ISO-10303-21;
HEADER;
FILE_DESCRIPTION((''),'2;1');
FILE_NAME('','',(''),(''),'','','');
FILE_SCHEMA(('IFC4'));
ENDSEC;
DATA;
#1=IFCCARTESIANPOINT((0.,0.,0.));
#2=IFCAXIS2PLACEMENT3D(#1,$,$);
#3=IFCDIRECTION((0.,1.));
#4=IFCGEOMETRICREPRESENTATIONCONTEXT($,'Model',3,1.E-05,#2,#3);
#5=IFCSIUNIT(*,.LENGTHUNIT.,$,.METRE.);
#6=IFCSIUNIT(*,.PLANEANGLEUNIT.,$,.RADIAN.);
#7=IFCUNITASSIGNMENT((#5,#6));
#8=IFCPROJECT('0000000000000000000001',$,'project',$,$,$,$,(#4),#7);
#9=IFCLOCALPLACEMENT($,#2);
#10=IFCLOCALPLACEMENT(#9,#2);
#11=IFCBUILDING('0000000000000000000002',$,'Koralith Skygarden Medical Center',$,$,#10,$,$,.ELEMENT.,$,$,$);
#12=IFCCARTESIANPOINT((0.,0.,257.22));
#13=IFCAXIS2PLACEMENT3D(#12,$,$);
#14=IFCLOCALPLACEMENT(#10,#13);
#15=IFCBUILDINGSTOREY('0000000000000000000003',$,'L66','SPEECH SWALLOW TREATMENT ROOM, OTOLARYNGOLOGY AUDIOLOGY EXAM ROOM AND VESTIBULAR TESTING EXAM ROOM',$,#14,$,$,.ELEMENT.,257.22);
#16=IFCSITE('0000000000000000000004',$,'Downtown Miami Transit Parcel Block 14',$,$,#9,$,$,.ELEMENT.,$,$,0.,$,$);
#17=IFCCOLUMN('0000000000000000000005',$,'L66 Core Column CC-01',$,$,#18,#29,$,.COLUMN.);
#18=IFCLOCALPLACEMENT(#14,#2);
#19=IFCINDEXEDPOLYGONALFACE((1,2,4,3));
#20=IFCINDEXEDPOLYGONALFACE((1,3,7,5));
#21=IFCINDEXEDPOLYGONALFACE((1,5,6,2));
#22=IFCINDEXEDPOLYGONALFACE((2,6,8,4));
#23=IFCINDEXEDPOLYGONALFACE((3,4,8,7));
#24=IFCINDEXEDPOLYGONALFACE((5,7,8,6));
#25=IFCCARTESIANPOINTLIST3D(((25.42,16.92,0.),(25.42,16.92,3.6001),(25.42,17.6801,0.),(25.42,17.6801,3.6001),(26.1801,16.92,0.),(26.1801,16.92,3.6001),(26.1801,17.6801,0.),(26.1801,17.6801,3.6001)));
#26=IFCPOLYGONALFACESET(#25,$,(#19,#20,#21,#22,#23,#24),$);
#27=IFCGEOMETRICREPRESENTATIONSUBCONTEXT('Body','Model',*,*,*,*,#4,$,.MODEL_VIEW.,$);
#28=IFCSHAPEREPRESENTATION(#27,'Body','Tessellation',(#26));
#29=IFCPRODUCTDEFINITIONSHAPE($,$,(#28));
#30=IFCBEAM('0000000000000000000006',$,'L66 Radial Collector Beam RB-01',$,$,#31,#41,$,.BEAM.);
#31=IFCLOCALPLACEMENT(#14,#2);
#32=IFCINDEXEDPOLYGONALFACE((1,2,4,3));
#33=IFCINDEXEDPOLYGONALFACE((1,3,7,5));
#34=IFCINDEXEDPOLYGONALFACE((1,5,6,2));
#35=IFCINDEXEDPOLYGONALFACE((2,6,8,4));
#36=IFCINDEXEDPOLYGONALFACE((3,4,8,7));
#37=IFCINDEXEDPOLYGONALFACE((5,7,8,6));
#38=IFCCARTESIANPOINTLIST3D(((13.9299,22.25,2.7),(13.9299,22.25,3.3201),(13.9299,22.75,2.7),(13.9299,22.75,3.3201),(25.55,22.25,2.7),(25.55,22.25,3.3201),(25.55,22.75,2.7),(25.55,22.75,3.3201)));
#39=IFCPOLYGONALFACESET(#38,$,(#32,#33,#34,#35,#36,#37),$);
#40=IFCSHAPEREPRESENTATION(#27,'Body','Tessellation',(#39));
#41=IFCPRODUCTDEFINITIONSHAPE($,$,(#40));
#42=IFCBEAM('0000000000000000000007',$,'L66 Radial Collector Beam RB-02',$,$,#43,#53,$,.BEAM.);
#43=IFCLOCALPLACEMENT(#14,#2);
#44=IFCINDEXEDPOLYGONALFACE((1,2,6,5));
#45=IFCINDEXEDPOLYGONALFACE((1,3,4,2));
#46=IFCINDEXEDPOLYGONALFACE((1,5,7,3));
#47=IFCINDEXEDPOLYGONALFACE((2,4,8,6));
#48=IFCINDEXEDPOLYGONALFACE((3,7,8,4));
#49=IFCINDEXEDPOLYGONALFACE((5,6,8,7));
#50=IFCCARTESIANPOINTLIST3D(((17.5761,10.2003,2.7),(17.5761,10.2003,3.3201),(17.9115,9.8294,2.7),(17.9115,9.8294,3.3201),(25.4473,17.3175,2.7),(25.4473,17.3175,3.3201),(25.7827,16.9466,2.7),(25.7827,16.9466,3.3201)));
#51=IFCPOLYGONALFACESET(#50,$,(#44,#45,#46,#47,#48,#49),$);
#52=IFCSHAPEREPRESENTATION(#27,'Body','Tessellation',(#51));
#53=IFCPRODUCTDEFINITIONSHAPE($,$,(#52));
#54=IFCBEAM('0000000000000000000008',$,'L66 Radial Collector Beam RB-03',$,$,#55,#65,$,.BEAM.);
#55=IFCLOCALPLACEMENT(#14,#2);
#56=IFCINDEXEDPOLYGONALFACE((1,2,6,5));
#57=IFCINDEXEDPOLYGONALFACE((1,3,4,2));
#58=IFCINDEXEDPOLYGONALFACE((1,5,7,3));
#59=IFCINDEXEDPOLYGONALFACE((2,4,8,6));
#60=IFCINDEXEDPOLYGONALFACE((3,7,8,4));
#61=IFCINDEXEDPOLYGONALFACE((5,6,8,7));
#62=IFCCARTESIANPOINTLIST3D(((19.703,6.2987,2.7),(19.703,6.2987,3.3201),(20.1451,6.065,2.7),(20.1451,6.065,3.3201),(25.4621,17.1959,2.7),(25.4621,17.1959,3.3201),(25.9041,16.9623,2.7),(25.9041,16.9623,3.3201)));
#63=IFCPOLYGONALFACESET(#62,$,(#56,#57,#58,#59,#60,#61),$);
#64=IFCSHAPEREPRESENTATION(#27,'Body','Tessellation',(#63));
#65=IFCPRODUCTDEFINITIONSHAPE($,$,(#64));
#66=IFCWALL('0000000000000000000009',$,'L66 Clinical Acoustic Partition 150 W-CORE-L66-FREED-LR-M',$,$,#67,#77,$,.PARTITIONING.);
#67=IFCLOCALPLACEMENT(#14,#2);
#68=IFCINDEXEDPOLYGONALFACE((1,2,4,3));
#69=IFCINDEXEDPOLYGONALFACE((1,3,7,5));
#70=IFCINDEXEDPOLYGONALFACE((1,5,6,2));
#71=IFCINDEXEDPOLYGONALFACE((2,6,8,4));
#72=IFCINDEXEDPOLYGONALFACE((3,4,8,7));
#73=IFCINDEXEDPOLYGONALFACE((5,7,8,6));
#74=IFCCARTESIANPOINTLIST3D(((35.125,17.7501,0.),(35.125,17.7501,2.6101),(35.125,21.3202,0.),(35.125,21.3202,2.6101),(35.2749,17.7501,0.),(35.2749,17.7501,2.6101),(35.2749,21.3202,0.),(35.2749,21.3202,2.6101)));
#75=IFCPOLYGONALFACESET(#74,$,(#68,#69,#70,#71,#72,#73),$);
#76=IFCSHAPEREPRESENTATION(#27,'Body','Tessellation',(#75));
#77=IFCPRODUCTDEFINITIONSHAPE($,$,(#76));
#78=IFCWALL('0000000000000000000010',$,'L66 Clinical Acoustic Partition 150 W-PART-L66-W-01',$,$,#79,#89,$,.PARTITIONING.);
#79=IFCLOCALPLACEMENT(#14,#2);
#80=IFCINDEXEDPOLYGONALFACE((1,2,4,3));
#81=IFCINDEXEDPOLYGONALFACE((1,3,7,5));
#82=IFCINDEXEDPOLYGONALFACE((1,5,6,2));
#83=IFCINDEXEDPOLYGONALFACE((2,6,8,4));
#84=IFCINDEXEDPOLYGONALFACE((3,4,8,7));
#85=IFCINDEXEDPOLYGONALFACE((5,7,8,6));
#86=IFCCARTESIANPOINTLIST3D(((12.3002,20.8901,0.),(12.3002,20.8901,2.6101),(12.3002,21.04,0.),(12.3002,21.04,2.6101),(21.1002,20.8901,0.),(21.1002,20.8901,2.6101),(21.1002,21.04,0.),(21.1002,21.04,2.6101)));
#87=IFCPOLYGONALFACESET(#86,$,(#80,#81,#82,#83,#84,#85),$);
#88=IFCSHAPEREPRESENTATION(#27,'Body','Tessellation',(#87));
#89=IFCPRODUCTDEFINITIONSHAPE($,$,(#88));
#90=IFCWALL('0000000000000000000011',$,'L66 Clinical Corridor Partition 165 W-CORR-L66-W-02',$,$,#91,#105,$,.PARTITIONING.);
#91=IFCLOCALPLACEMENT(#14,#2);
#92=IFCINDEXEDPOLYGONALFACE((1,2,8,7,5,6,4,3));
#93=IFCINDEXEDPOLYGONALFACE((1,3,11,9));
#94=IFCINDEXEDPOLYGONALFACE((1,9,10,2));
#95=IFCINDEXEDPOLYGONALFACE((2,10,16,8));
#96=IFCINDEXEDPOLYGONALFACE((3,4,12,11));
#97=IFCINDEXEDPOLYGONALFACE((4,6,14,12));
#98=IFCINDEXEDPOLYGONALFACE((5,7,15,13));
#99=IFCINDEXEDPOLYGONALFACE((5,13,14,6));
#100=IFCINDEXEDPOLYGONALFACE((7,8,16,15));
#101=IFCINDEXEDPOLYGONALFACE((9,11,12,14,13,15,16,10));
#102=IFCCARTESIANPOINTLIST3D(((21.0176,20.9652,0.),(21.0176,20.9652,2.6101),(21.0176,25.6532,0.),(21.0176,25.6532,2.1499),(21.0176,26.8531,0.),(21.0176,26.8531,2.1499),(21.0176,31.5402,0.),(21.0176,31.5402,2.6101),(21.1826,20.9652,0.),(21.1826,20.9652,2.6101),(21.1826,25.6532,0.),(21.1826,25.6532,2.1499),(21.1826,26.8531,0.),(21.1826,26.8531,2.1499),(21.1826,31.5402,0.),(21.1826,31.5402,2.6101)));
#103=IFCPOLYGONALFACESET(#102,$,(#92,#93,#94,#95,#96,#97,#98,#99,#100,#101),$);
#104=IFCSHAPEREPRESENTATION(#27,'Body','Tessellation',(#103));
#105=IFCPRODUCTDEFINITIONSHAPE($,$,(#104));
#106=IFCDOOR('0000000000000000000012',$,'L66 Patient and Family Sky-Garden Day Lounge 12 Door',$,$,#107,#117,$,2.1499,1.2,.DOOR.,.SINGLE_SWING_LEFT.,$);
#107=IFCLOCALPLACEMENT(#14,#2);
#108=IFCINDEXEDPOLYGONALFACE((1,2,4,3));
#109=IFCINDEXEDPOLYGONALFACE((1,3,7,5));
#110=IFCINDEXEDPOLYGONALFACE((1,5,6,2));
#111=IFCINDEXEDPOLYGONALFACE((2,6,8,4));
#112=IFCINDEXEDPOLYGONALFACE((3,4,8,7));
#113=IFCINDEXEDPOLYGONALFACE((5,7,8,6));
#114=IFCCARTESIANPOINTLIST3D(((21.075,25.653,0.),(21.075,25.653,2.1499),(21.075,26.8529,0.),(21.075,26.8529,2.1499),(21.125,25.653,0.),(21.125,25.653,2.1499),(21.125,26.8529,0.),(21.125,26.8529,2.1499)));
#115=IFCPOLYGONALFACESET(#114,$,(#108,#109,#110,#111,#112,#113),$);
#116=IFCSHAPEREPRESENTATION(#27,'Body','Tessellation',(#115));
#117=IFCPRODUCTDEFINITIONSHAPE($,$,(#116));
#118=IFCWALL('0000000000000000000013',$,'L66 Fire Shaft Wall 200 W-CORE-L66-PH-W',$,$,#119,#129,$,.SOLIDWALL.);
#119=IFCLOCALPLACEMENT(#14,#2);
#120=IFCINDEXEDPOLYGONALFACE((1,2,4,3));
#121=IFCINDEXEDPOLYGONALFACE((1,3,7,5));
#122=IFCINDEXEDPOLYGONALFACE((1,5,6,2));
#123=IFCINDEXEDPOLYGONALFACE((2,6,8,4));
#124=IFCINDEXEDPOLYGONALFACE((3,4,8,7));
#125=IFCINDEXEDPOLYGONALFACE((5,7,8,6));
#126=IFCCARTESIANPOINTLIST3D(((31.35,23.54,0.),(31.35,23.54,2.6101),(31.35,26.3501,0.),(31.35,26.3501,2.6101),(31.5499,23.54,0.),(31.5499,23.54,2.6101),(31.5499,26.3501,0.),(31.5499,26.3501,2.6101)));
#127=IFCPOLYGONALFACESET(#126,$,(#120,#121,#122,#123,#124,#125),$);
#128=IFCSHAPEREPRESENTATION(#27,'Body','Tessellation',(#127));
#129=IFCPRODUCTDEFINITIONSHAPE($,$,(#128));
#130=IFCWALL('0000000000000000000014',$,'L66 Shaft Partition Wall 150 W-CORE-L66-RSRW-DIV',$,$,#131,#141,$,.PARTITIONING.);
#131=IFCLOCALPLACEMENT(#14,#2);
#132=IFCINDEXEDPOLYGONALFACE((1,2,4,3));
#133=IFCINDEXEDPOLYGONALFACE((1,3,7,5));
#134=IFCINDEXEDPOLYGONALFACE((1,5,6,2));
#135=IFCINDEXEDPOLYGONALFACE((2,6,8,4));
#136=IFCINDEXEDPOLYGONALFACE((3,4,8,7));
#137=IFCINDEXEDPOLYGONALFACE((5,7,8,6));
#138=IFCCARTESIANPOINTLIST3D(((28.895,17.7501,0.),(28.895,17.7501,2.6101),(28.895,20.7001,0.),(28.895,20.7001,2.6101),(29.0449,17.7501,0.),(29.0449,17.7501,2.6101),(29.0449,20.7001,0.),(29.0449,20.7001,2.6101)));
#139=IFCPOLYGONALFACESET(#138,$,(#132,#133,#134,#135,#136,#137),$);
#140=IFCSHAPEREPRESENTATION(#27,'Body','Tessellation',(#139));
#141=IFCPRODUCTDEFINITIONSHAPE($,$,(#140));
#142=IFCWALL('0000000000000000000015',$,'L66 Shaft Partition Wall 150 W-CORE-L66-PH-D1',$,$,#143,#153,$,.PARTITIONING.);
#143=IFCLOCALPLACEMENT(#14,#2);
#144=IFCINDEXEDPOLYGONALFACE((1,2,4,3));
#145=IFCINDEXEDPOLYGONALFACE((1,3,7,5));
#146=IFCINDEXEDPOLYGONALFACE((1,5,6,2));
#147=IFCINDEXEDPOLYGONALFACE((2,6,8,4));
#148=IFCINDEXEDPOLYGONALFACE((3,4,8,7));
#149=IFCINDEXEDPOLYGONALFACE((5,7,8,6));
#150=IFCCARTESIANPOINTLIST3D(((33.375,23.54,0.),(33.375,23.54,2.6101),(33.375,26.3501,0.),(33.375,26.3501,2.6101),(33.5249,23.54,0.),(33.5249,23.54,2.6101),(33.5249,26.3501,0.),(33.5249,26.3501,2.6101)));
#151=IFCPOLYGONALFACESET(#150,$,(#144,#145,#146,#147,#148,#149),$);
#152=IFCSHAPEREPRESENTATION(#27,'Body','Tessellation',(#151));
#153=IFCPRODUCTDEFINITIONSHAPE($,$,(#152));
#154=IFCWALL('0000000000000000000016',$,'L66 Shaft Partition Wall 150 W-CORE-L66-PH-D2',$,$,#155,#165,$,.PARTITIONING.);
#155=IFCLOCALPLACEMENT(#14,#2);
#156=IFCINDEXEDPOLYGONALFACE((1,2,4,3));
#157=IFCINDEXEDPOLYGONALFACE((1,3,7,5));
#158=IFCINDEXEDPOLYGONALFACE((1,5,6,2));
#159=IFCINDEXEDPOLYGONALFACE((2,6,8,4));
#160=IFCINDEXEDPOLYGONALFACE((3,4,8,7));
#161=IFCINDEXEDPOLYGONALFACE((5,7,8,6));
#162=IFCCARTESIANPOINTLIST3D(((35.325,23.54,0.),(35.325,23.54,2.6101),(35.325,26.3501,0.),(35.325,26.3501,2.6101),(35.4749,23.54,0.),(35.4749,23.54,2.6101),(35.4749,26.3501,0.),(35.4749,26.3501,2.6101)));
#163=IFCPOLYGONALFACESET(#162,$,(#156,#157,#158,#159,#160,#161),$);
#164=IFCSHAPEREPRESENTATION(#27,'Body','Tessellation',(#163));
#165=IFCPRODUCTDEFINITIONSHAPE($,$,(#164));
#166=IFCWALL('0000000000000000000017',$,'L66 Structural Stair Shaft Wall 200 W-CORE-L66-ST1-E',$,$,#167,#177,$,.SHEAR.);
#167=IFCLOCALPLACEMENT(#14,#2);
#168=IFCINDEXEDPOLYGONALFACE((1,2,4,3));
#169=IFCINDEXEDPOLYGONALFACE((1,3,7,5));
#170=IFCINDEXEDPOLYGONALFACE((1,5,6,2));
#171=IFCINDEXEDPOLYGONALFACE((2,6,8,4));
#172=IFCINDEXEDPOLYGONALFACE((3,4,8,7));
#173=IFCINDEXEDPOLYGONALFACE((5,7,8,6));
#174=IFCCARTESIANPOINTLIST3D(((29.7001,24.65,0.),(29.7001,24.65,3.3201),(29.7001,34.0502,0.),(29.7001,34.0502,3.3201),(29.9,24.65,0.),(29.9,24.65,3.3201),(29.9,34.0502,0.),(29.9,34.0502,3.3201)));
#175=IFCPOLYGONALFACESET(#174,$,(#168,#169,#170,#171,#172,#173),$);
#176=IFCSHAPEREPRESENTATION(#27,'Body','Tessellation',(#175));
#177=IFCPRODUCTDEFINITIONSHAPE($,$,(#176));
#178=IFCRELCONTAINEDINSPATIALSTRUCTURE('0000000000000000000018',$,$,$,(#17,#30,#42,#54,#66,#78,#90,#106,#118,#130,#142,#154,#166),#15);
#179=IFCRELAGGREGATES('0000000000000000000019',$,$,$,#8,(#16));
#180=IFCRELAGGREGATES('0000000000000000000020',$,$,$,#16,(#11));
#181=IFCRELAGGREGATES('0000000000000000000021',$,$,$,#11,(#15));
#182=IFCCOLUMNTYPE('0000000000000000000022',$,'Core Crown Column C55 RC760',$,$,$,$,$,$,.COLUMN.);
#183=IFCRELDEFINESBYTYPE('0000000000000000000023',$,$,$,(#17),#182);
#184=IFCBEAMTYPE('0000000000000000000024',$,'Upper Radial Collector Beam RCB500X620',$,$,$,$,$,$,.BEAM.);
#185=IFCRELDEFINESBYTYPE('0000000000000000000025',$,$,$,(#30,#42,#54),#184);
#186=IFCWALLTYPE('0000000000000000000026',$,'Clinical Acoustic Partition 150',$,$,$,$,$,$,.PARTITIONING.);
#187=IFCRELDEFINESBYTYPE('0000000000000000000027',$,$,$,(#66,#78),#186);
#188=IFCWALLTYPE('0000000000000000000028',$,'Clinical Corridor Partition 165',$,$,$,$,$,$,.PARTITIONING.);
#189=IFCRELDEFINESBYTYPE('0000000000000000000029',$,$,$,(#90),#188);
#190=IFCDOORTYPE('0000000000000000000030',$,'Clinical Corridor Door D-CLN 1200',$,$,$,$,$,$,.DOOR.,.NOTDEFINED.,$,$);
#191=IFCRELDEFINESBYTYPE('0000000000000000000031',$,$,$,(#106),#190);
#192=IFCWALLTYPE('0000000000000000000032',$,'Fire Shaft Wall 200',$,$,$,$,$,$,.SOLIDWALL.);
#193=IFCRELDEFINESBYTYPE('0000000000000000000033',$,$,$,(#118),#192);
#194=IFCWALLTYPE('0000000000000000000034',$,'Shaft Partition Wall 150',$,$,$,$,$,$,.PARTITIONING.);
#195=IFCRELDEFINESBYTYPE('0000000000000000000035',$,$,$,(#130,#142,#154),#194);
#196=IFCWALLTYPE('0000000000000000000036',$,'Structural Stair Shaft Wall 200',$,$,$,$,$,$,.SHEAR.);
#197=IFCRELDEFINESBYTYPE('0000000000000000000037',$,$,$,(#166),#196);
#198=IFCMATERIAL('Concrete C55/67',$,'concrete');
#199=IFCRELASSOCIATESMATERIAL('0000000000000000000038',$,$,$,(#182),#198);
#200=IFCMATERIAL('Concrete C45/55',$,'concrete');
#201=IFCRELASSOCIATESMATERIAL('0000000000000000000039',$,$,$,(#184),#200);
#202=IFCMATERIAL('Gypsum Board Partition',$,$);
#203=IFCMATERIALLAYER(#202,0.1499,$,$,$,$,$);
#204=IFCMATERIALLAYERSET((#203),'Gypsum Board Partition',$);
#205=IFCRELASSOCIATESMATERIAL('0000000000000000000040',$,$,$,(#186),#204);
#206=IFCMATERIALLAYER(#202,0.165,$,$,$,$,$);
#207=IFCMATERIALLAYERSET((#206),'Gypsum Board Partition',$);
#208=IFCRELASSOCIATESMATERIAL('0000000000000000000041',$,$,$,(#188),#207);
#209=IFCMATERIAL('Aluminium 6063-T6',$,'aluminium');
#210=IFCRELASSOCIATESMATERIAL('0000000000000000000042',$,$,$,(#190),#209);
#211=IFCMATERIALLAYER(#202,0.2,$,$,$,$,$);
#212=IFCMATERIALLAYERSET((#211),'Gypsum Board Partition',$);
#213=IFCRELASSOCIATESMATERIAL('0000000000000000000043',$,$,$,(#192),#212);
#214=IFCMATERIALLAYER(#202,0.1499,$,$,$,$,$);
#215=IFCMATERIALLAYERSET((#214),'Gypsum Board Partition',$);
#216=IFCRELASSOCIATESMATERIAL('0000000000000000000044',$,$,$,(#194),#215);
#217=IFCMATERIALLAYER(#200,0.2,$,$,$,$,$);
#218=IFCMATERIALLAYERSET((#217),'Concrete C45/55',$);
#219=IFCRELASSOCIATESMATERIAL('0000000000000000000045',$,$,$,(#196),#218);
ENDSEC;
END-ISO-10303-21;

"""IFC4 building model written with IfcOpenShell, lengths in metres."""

from ifc_helpers import new_model, si_unit, direction, frame, frame_2d, origin, origin_2d, place, context, subcontext, project, spatial, rectangle, extrude, material, layer, layer_set, material_profile, profile_set, type_object, element, fill, save


model = new_model("IFC4")

# Units and contexts
model_context = context("Model", 3, precision=1e-05, world=origin(), true_north=direction((0.0, 1.0)))
body_context = subcontext(model_context, "Body", "Model", "MODEL_VIEW")
ifc_project = project(units=[si_unit("LENGTHUNIT", "METRE"), si_unit("PLANEANGLEUNIT", "RADIAN")], contexts=[model_context])

# Site, building, storey
site_placement = place(None, origin())
site = spatial("IfcSite", under=ifc_project, at=site_placement, Name="Downtown Miami Transit Parcel Block 14", CompositionType="ELEMENT", RefElevation=0.0)
building_placement = place(site_placement, origin())
building = spatial("IfcBuilding", under=site, at=building_placement, Name="Koralith Skygarden Medical Center", CompositionType="ELEMENT")
storey_placement = place(building_placement, frame((0.0, 0.0, 257.22)))
storey = spatial("IfcBuildingStorey", under=building, at=storey_placement, Name="L66", Description="SPEECH SWALLOW TREATMENT ROOM, OTOLARYNGOLOGY AUDIOLOGY EXAM ROOM AND VESTIBULAR TESTING EXAM ROOM", CompositionType="ELEMENT", Elevation=257.22)

# Column
ifc_material_1 = material(Name="Concrete C55/67", Category="concrete")
ifc_material_profile_1 = material_profile(ifc_material_1, rectangle(XDim=0.76, YDim=0.76, at=origin_2d()), Name="RC760X760")
ifc_profile_set_1 = profile_set([ifc_material_profile_1], Name="Concrete C55/67")
column_type = type_object("IfcColumnType", Name="Core Crown Column C55 RC760", PredefinedType="COLUMN", material=ifc_profile_set_1)
column_placement = place(storey_placement, frame((25.8, 17.3, 0.0), z_axis=(0.0, 0.0, 1.0), x_axis=(1.0, 0.0, 0.0)))
element("IfcColumn", 1, at=column_placement, inside=storey, type_object=column_type, Name="L66 Core Column CC-01", PredefinedType="COLUMN", context=body_context, shape_type="SweptSolid", body=[
    extrude(rectangle(XDim=0.76, YDim=0.76, at=origin_2d()), origin(), (0.0, 0.0, 1.0), 3.6001),
])

# Beams
ifc_material_2 = material(Name="Concrete C45/55", Category="concrete")
ifc_material_profile_2 = material_profile(ifc_material_2, rectangle(XDim=0.5, YDim=0.6201, at=origin_2d()), Name="RCB500X620")
ifc_profile_set_2 = profile_set([ifc_material_profile_2], Name="Concrete C45/55")
beam_type = type_object("IfcBeamType", Name="Upper Radial Collector Beam RCB500X620", PredefinedType="BEAM", material=ifc_profile_set_2)
beam_1_placement = place(storey_placement, frame((25.55, 22.5, 3.01), z_axis=(-1.0, 0.0, 0.0), x_axis=(0.0, -1.0, 0.0)))
element("IfcBeam", 2, at=beam_1_placement, inside=storey, type_object=beam_type, Name="L66 Radial Collector Beam RB-01", PredefinedType="BEAM", context=body_context, shape_type="SweptSolid", body=[
    extrude(rectangle(XDim=0.5, YDim=0.6201, at=origin_2d()), origin(), (0.0, 0.0, 1.0), 11.6201),
])
beam_2_placement = place(storey_placement, frame((25.615, 17.1321, 3.01), z_axis=(-0.741736, -0.670692, 0.0), x_axis=(0.670692, -0.741736, 0.0)))
element("IfcBeam", 3, at=beam_2_placement, inside=storey, type_object=beam_type, Name="L66 Radial Collector Beam RB-02", PredefinedType="BEAM", context=body_context, shape_type="SweptSolid", body=[
    extrude(rectangle(XDim=0.5, YDim=0.6201, at=origin_2d()), origin(), (0.0, 0.0, 1.0), 10.6118),
])
beam_3_placement = place(storey_placement, frame((25.6831, 17.0791, 3.01), z_axis=(-0.467249, -0.884126, 0.0), x_axis=(0.884126, -0.467249, 0.0)))
element("IfcBeam", 4, at=beam_3_placement, inside=storey, type_object=beam_type, Name="L66 Radial Collector Beam RB-03", PredefinedType="BEAM", context=body_context, shape_type="SweptSolid", body=[
    extrude(rectangle(XDim=0.5, YDim=0.6201, at=origin_2d()), origin(), (0.0, 0.0, 1.0), 12.3254),
])

# Shared definitions
ifc_material_3 = material(Name="Gypsum Board Partition")
ifc_layer_1 = layer(ifc_material_3, 0.1499)
ifc_layer_set_1 = layer_set([ifc_layer_1], Name="Gypsum Board Partition")
wall_type_1 = type_object("IfcWallType", Name="Clinical Acoustic Partition 150", PredefinedType="PARTITIONING", material=ifc_layer_set_1)
ifc_material_4 = material(Name="Aluminium 6063-T6", Category="aluminium")

# Walls
wall_1_placement = place(storey_placement, frame((35.2, 17.75, 0.0), z_axis=(0.0, 0.0, 1.0), x_axis=(0.0, 1.0, 0.0)))
element("IfcWall", 5, at=wall_1_placement, inside=storey, type_object=wall_type_1, Name="L66 Clinical Acoustic Partition 150 W-CORE-L66-FREED-LR-M", PredefinedType="PARTITIONING", context=body_context, shape_type="SweptSolid", body=[
    extrude(rectangle(XDim=3.5701, YDim=0.1499, at=frame_2d((1.7852, 0.0))), origin(), (0.0, 0.0, 1.0), 2.6101),
])
wall_2_placement = place(storey_placement, frame((21.1001, 20.9651, 0.0), z_axis=(0.0, 0.0, 1.0), x_axis=(-1.0, 0.0, 0.0)))
element("IfcWall", 6, at=wall_2_placement, inside=storey, type_object=wall_type_1, Name="L66 Clinical Acoustic Partition 150 W-PART-L66-W-01", PredefinedType="PARTITIONING", context=body_context, shape_type="SweptSolid", body=[
    extrude(rectangle(XDim=8.8, YDim=0.1499, at=frame_2d((4.3999, 0.0))), origin(), (0.0, 0.0, 1.0), 2.6101),
])

# Wall, opening, door
ifc_layer_2 = layer(ifc_material_3, 0.165)
ifc_layer_set_2 = layer_set([ifc_layer_2], Name="Gypsum Board Partition")
wall_type_2 = type_object("IfcWallType", Name="Clinical Corridor Partition 165", PredefinedType="PARTITIONING", material=ifc_layer_set_2)
wall_3_placement = place(storey_placement, frame((21.1001, 20.9651, 0.0), z_axis=(0.0, 0.0, 1.0), x_axis=(0.0, 1.0, 0.0)))
wall_3 = element("IfcWall", 7, at=wall_3_placement, inside=storey, type_object=wall_type_2, Name="L66 Clinical Corridor Partition 165 W-CORR-L66-W-02", PredefinedType="PARTITIONING", context=body_context, shape_type="SweptSolid", body=[
    extrude(rectangle(XDim=10.575, YDim=0.165, at=frame_2d((5.2876, 0.0))), origin(), (0.0, 0.0, 1.0), 2.6101),
])
opening_1_placement = place(wall_3_placement, frame((4.688, 0.0, 0.0)))
opening_1 = element("IfcOpeningElement", 8, at=opening_1_placement, cuts=wall_3, PredefinedType="OPENING", context=body_context, shape_type="SweptSolid", body=[
    extrude(rectangle(XDim=1.2, YDim=2.1499, at=frame_2d((0.6001, 1.075))), frame((0.0, 0.0925, 0.0), z_axis=(0.0, -1.0, 0.0), x_axis=(1.0, 0.0, 0.0)), (0.0, 0.0, 1.0), 0.1851),
])
door_type_1 = type_object("IfcDoorType", Name="Clinical Corridor Door D-CLN 1200", OperationType="NOTDEFINED", PredefinedType="DOOR", material=ifc_material_4)
door_1_placement = place(opening_1_placement, frame((1.2, 0.0, 0.0), z_axis=(0.0, 0.0, 1.0), x_axis=(-1.0, 0.0, 0.0)))
door_1 = element("IfcDoor", 9, at=door_1_placement, inside=storey, type_object=door_type_1, Name="L66 Patient and Family Sky-Garden Day Lounge 12 Door", OperationType="SINGLE_SWING_LEFT", OverallHeight=2.1499, OverallWidth=1.2, PredefinedType="DOOR", context=body_context, shape_type="SweptSolid", body=[
    extrude(rectangle(XDim=1.2, YDim=2.1499, at=frame_2d((0.6001, 1.075))), frame((0.0, 0.0249, 0.0), z_axis=(0.0, -1.0, 0.0), x_axis=(1.0, 0.0, 0.0)), (0.0, 0.0, 1.0), 0.05),
])
fill(opening_1, door_1)
ifc_layer_3 = layer(ifc_material_3, 0.2)
ifc_layer_set_3 = layer_set([ifc_layer_3], Name="Gypsum Board Partition")
wall_type_3 = type_object("IfcWallType", Name="Fire Shaft Wall 200", PredefinedType="SOLIDWALL", material=ifc_layer_set_3)

# Walls
wall_4_placement = place(storey_placement, frame((31.45, 23.54, 0.0), z_axis=(0.0, 0.0, 1.0), x_axis=(0.0, 1.0, 0.0)))
element("IfcWall", 10, at=wall_4_placement, inside=storey, type_object=wall_type_3, Name="L66 Fire Shaft Wall 200 W-CORE-L66-PH-W", PredefinedType="SOLIDWALL", context=body_context, shape_type="SweptSolid", body=[
    extrude(rectangle(XDim=2.8101, YDim=0.2, at=frame_2d((1.405, 0.0))), origin(), (0.0, 0.0, 1.0), 2.6101),
])
ifc_layer_4 = layer(ifc_material_3, 0.1499)
ifc_layer_set_4 = layer_set([ifc_layer_4], Name="Gypsum Board Partition")
wall_type_4 = type_object("IfcWallType", Name="Shaft Partition Wall 150", PredefinedType="PARTITIONING", material=ifc_layer_set_4)
wall_5_placement = place(storey_placement, frame((28.97, 17.75, 0.0), z_axis=(0.0, 0.0, 1.0), x_axis=(0.0, 1.0, 0.0)))
element("IfcWall", 11, at=wall_5_placement, inside=storey, type_object=wall_type_4, Name="L66 Shaft Partition Wall 150 W-CORE-L66-RSRW-DIV", PredefinedType="PARTITIONING", context=body_context, shape_type="SweptSolid", body=[
    extrude(rectangle(XDim=2.95, YDim=0.1499, at=frame_2d((1.4751, 0.0))), origin(), (0.0, 0.0, 1.0), 2.6101),
])
for number, where, z_axis, x_axis, name in (
    (12, (33.45, 23.54, 0.0), (0.0, 0.0, 1.0), (0.0, 1.0, 0.0), "L66 Shaft Partition Wall 150 W-CORE-L66-PH-D1"),
    (13, (35.3999, 23.54, 0.0), (0.0, 0.0, 1.0), (0.0, 1.0, 0.0), "L66 Shaft Partition Wall 150 W-CORE-L66-PH-D2"),
):
    element("IfcWall", number, at=place(storey_placement, frame(where, z_axis=z_axis, x_axis=x_axis)), inside=storey, type_object=wall_type_4, Name=name, PredefinedType="PARTITIONING", context=body_context, shape_type="SweptSolid", body=[
        extrude(rectangle(XDim=2.8101, YDim=0.1499, at=frame_2d((1.405, 0.0))), origin(), (0.0, 0.0, 1.0), 2.6101),
    ])
ifc_layer_5 = layer(ifc_material_2, 0.2)
ifc_layer_set_5 = layer_set([ifc_layer_5], Name="Concrete C45/55")
wall_type_5 = type_object("IfcWallType", Name="Structural Stair Shaft Wall 200", PredefinedType="SHEAR", material=ifc_layer_set_5)
wall_6_placement = place(storey_placement, frame((29.8, 24.6499, 0.0), z_axis=(0.0, 0.0, 1.0), x_axis=(0.0, 1.0, 0.0)))
element("IfcWall", 14, at=wall_6_placement, inside=storey, type_object=wall_type_5, Name="L66 Structural Stair Shaft Wall 200 W-CORE-L66-ST1-E", PredefinedType="SHEAR", context=body_context, shape_type="SweptSolid", body=[
    extrude(rectangle(XDim=9.4001, YDim=0.2, at=frame_2d((4.7002, 0.0))), origin(), (0.0, 0.0, 1.0), 3.3201),
])

save(model, "model.ifc")
